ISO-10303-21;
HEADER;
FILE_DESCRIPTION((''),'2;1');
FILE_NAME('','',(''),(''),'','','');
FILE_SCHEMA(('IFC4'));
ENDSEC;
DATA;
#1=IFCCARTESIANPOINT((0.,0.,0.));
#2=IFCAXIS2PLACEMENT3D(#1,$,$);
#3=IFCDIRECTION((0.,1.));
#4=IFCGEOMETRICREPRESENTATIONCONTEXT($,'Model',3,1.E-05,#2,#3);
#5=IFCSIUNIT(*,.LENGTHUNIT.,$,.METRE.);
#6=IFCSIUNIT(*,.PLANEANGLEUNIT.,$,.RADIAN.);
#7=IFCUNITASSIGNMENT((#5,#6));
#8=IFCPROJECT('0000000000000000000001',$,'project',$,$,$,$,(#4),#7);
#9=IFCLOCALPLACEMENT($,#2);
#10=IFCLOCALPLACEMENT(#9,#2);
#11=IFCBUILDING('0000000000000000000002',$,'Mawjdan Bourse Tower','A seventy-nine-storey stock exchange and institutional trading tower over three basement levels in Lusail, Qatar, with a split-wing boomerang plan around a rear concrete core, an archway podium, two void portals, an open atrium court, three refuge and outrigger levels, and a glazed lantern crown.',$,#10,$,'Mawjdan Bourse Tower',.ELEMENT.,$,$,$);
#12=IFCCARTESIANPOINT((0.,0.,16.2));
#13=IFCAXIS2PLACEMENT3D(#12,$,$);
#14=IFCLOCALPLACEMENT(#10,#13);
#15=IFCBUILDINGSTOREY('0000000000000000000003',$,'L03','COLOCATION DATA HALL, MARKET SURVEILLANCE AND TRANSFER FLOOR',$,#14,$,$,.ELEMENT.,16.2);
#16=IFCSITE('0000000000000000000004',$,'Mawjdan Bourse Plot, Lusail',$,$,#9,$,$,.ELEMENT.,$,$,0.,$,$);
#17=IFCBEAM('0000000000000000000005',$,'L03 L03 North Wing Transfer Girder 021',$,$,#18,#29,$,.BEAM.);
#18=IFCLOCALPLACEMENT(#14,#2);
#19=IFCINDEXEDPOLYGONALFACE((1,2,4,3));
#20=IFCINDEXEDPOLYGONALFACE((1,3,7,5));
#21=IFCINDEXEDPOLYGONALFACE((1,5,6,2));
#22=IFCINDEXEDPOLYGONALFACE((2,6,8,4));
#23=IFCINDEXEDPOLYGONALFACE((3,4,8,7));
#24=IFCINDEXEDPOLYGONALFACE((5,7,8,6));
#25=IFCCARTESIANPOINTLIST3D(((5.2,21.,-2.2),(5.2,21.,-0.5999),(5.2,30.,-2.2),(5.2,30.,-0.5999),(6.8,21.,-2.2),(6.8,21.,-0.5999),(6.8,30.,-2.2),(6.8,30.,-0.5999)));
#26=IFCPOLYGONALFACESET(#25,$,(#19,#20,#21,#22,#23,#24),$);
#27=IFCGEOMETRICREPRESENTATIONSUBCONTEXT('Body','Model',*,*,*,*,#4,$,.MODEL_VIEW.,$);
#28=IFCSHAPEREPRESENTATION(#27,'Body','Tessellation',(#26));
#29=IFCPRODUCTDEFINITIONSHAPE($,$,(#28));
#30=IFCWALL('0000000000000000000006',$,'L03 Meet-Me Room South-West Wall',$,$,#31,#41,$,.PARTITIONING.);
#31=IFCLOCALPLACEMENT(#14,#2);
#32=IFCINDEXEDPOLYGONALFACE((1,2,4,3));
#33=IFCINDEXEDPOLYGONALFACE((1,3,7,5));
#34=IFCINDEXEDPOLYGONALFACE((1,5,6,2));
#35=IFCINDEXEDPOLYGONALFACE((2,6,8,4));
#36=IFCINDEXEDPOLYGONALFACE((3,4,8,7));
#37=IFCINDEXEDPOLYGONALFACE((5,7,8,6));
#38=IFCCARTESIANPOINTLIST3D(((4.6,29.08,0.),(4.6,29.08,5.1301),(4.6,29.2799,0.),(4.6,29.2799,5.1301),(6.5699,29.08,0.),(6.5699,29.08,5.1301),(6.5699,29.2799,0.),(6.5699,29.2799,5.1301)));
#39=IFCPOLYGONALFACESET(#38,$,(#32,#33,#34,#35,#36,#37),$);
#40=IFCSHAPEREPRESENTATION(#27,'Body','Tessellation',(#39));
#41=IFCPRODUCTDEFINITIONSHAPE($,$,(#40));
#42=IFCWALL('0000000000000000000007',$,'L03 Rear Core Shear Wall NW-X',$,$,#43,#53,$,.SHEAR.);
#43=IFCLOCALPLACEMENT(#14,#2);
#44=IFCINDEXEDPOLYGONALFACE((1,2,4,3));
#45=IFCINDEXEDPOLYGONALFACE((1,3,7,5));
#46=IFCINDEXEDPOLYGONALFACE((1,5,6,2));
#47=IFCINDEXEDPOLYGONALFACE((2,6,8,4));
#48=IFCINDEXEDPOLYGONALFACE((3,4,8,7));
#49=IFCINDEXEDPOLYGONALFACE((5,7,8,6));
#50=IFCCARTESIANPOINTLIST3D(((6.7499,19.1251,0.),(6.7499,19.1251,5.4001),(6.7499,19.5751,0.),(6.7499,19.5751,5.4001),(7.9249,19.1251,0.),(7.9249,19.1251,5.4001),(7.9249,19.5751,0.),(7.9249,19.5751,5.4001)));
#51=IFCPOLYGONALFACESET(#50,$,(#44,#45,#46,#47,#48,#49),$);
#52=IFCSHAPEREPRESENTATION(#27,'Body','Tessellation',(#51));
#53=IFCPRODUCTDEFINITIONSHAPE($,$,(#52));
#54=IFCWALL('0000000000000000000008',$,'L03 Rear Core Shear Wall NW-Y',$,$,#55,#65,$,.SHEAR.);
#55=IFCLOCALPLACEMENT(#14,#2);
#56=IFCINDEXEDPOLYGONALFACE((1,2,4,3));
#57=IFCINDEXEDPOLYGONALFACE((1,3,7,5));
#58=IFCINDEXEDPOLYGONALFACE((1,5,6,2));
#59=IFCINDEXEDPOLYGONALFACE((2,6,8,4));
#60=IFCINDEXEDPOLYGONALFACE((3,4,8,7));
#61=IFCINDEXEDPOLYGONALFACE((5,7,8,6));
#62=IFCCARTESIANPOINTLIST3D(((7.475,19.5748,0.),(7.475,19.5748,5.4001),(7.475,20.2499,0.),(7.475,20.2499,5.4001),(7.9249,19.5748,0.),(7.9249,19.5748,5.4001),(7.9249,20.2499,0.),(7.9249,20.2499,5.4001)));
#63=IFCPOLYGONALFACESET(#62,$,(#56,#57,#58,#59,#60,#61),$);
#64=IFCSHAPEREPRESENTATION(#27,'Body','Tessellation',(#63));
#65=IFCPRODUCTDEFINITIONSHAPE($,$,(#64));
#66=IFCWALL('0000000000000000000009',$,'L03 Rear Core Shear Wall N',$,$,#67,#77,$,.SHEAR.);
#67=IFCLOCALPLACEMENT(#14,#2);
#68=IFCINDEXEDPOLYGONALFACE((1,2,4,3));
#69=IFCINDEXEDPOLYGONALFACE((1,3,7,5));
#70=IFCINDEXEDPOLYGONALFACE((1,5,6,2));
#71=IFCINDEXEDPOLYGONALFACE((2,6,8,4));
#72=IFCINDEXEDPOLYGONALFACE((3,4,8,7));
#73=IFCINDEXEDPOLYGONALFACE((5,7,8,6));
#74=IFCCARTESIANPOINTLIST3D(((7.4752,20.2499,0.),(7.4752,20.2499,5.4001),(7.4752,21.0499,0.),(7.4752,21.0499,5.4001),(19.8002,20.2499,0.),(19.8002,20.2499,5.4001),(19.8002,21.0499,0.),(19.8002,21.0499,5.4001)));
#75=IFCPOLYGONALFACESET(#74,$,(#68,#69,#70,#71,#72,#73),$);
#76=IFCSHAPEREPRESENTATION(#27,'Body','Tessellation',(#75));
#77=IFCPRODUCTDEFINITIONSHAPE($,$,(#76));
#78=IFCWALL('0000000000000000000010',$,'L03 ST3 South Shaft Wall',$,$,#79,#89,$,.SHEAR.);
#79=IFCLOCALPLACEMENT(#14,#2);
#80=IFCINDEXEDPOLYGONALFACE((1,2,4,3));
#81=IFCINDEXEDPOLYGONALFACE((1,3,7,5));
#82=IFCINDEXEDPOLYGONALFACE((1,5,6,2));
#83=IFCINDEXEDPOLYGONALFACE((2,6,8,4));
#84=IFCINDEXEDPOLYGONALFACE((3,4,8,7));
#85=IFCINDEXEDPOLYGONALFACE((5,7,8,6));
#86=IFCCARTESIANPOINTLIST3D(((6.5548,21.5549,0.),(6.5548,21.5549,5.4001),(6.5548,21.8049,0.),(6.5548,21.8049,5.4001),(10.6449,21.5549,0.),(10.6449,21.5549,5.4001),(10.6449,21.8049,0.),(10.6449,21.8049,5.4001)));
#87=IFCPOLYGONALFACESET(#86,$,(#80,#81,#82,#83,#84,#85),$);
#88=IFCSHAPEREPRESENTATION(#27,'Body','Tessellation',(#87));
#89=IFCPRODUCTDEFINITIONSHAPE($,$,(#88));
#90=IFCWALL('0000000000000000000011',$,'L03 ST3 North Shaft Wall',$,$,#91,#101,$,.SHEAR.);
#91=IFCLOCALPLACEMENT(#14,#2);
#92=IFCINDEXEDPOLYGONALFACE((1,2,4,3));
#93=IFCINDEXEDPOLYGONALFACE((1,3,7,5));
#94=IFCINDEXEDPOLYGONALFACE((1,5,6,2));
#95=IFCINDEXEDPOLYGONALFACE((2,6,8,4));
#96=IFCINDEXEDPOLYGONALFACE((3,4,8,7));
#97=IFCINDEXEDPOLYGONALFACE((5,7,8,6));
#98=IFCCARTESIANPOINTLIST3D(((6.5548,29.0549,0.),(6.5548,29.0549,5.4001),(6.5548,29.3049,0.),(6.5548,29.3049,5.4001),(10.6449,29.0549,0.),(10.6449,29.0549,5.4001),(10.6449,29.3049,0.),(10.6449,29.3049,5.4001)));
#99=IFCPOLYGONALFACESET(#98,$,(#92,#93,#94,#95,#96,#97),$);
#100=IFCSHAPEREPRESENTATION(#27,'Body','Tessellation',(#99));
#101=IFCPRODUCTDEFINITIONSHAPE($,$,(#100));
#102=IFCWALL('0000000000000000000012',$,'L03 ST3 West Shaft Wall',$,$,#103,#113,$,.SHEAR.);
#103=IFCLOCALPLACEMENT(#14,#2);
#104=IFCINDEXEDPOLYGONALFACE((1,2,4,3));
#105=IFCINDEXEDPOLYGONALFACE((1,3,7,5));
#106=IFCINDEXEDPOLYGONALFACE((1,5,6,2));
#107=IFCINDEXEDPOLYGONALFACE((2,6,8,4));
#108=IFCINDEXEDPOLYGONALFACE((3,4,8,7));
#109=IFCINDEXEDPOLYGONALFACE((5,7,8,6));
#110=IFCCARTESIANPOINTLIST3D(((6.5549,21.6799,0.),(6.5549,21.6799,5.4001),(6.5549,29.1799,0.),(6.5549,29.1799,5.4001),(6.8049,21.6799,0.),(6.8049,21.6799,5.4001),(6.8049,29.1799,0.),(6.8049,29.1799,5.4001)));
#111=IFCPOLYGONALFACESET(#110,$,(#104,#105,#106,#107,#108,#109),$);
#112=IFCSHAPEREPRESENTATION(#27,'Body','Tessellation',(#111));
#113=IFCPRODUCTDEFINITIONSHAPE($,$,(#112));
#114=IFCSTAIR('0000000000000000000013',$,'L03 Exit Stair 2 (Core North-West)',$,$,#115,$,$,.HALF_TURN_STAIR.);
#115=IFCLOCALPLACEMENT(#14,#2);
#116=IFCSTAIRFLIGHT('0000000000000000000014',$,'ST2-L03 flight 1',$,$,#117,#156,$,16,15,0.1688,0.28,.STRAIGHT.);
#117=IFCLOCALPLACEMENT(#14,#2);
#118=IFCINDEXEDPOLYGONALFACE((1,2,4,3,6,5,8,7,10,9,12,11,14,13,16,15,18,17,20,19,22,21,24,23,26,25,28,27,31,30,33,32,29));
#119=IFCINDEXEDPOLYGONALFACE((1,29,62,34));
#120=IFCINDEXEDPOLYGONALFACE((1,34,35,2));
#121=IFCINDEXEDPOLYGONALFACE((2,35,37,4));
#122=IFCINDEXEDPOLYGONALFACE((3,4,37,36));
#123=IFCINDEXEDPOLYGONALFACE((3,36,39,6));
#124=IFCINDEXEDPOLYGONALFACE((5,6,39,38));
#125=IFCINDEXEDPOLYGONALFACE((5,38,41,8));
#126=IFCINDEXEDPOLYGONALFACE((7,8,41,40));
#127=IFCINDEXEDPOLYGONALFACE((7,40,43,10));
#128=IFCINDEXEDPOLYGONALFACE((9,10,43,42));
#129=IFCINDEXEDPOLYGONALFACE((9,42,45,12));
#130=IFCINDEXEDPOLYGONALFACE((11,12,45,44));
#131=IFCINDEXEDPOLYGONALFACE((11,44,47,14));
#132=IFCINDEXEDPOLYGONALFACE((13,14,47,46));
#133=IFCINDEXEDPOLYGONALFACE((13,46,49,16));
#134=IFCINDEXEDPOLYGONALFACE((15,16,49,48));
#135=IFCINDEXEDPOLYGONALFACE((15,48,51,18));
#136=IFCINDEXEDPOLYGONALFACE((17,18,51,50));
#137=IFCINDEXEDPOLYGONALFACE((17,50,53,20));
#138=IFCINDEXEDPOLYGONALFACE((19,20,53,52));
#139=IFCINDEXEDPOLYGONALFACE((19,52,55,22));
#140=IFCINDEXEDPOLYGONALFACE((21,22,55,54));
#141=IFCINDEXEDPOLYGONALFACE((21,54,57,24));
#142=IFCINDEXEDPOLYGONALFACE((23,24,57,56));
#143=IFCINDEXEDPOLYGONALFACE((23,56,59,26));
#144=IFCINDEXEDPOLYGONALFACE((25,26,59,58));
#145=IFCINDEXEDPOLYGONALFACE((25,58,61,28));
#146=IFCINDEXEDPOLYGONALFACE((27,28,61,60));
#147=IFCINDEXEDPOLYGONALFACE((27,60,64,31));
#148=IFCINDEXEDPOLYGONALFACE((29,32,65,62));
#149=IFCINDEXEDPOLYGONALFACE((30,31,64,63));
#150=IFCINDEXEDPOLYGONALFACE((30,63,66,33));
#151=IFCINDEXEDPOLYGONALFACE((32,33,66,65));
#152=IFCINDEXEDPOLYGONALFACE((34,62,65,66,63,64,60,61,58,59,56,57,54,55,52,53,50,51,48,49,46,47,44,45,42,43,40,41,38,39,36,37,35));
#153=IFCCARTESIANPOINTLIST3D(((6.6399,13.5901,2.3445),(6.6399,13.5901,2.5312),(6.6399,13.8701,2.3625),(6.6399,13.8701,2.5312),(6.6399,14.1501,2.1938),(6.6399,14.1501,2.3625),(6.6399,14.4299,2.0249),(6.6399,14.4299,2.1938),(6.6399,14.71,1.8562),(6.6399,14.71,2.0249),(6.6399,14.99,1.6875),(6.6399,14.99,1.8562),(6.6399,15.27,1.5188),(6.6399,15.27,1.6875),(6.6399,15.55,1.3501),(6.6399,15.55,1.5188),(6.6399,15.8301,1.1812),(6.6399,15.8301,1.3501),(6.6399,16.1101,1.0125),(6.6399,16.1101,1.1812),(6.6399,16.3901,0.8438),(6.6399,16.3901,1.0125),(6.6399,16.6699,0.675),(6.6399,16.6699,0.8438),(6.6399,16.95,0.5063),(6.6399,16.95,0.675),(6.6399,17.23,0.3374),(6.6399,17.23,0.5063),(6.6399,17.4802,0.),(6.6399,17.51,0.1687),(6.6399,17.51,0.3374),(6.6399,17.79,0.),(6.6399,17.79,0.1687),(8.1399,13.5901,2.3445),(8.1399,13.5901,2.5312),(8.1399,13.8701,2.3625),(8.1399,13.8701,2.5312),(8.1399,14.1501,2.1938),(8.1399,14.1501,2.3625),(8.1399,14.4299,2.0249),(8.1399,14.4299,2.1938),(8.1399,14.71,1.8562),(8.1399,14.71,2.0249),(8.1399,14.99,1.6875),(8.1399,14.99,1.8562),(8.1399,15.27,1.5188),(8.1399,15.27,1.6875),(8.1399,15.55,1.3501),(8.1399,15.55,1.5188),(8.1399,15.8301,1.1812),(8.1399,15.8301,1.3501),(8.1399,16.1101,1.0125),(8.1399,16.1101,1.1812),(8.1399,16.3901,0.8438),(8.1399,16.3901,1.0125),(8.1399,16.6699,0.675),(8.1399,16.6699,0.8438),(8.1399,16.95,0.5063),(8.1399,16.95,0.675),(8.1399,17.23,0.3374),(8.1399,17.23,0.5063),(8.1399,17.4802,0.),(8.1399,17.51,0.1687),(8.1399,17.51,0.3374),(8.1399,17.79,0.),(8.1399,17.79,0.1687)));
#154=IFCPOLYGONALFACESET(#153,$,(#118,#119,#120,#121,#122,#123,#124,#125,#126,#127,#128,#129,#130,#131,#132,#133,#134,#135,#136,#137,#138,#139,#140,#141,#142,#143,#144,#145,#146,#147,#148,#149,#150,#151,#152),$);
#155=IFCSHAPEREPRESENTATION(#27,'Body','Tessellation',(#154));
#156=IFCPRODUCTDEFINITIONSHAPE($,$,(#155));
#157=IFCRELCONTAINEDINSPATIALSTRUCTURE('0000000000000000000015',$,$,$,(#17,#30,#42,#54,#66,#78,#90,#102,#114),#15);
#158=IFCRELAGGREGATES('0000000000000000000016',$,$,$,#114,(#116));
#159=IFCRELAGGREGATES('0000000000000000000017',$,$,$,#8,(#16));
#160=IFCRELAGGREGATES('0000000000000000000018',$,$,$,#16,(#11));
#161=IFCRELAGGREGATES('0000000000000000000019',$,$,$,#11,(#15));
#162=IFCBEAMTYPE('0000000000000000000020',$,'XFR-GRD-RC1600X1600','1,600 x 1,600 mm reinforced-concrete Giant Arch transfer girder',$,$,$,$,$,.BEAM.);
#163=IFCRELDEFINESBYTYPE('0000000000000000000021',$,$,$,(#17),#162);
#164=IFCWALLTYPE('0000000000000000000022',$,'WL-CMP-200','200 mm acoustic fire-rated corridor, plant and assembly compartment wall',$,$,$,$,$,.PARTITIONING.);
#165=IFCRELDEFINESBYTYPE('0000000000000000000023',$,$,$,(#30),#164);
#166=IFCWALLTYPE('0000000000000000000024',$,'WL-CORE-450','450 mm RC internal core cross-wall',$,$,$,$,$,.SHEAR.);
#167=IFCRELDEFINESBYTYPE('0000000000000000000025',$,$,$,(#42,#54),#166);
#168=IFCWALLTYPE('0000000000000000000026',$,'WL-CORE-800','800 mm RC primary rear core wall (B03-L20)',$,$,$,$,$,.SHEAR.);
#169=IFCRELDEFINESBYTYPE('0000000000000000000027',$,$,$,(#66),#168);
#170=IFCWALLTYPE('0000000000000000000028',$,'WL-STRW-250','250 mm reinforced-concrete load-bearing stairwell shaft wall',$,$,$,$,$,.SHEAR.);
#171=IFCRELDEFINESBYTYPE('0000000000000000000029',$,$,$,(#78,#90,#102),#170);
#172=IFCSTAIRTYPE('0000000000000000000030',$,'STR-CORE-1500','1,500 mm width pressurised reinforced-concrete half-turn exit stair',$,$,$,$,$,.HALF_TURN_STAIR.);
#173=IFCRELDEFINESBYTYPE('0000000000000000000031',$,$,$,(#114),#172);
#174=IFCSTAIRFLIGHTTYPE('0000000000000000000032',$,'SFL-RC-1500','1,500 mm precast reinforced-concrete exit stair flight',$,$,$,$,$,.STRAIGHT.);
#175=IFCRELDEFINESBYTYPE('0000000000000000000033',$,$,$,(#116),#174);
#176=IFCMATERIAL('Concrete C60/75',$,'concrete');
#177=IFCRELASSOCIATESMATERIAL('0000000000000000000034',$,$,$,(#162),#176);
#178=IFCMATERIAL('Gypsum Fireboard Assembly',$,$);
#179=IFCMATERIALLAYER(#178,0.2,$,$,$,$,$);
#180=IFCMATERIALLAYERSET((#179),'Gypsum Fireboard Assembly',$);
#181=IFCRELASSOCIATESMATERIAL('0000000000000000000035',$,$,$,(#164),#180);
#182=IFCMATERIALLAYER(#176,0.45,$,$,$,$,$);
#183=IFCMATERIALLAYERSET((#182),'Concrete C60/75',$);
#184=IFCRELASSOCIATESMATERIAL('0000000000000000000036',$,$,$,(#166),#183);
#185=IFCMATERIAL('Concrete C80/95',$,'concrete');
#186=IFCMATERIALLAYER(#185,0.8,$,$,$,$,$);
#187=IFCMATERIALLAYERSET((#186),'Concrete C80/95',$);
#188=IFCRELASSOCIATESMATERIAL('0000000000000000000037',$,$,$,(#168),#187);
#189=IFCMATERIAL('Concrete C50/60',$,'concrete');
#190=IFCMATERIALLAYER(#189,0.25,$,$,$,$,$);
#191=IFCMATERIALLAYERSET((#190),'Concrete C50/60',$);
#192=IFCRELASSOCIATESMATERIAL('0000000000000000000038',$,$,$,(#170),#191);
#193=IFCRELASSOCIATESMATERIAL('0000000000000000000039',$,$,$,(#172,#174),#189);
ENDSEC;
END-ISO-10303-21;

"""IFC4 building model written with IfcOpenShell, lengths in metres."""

from ifc_helpers import new_model, si_unit, direction, frame, frame_2d, origin, origin_2d, place, context, subcontext, project, spatial, polyline, rectangle, outline, extrude, material, layer, layer_set, material_profile, profile_set, type_object, element, aggregate, save


model = new_model("IFC4")

# Units and contexts
model_context = context("Model", 3, precision=1e-05, world=origin(), true_north=direction((0.0, 1.0)))
body_context = subcontext(model_context, "Body", "Model", "MODEL_VIEW")
ifc_project = project(units=[si_unit("LENGTHUNIT", "METRE"), si_unit("PLANEANGLEUNIT", "RADIAN")], contexts=[model_context])

# Site, building, storey
site_placement = place(None, origin())
site = spatial("IfcSite", under=ifc_project, at=site_placement, Name="Mawjdan Bourse Plot, Lusail", CompositionType="ELEMENT", RefElevation=0.0)
building_placement = place(site_placement, origin())
building = spatial("IfcBuilding", under=site, at=building_placement, Name="Mawjdan Bourse Tower", Description="A seventy-nine-storey stock exchange and institutional trading tower over three basement levels in Lusail, Qatar, with a split-wing boomerang plan around a rear concrete core, an archway podium, two void portals, an open atrium court, three refuge and outrigger levels, and a glazed lantern crown.", LongName="Mawjdan Bourse Tower", CompositionType="ELEMENT")
storey_placement = place(building_placement, frame((0.0, 0.0, 16.2)))
storey = spatial("IfcBuildingStorey", under=building, at=storey_placement, Name="L03", Description="COLOCATION DATA HALL, MARKET SURVEILLANCE AND TRANSFER FLOOR", CompositionType="ELEMENT", Elevation=16.2)

# Shared definitions
ifc_material_1 = material(Name="Concrete C80/95", Category="concrete")

# Beam
ifc_material_2 = material(Name="Concrete C60/75", Category="concrete")
ifc_material_profile_1 = material_profile(ifc_material_2, rectangle(XDim=1.6001, YDim=1.6001, at=origin_2d()), Name="RC1600X1600")
ifc_profile_set_1 = profile_set([ifc_material_profile_1], Name="Concrete C60/75")
beam_type_1 = type_object("IfcBeamType", Name="XFR-GRD-RC1600X1600", Description="1,600 x 1,600 mm reinforced-concrete Giant Arch transfer girder", PredefinedType="BEAM", material=ifc_profile_set_1)
beam_1_placement = place(storey_placement, frame((6.0, 21.0, -1.3999), z_axis=(0.0, 1.0, 0.0), x_axis=(-1.0, 0.0, 0.0)))
element("IfcBeam", 1, at=beam_1_placement, inside=storey, type_object=beam_type_1, Name="L03 L03 North Wing Transfer Girder 021", PredefinedType="BEAM", context=body_context, shape_type="SweptSolid", body=[
    extrude(rectangle(XDim=1.6001, YDim=1.6001, at=origin_2d()), origin(), (0.0, 0.0, 1.0), 9.0),
])

# Walls
ifc_material_3 = material(Name="Gypsum Fireboard Assembly")
ifc_layer_1 = layer(ifc_material_3, 0.2)
ifc_layer_set_1 = layer_set([ifc_layer_1], Name="Gypsum Fireboard Assembly")
wall_type_1 = type_object("IfcWallType", Name="WL-CMP-200", Description="200 mm acoustic fire-rated corridor, plant and assembly compartment wall", PredefinedType="PARTITIONING", material=ifc_layer_set_1)
wall_1_placement = place(storey_placement, frame((4.6001, 29.1799, 0.0), z_axis=(0.0, 0.0, 1.0), x_axis=(1.0, 0.0, 0.0)))
element("IfcWall", 2, at=wall_1_placement, inside=storey, type_object=wall_type_1, Name="L03 Meet-Me Room South-West Wall", PredefinedType="PARTITIONING", context=body_context, shape_type="SweptSolid", body=[
    extrude(rectangle(XDim=1.97, YDim=0.2, at=frame_2d((0.9849, 0.0))), origin(), (0.0, 0.0, 1.0), 5.1301),
])
ifc_layer_2 = layer(ifc_material_2, 0.45)
ifc_layer_set_2 = layer_set([ifc_layer_2], Name="Concrete C60/75")
wall_type_2 = type_object("IfcWallType", Name="WL-CORE-450", Description="450 mm RC internal core cross-wall", PredefinedType="SHEAR", material=ifc_layer_set_2)
wall_2_placement = place(storey_placement, frame((6.75, 19.3501, 0.0), z_axis=(0.0, 0.0, 1.0), x_axis=(1.0, 0.0, 0.0)))
element("IfcWall", 3, at=wall_2_placement, inside=storey, type_object=wall_type_2, Name="L03 Rear Core Shear Wall NW-X", PredefinedType="SHEAR", context=body_context, shape_type="SweptSolid", body=[
    extrude(rectangle(XDim=1.175, YDim=0.45, at=frame_2d((0.5874, 0.0))), origin(), (0.0, 0.0, 1.0), 5.4001),
])
wall_3_placement = place(storey_placement, frame((7.7, 19.575, 0.0), z_axis=(0.0, 0.0, 1.0), x_axis=(0.0, 1.0, 0.0)))
element("IfcWall", 4, at=wall_3_placement, inside=storey, type_object=wall_type_2, Name="L03 Rear Core Shear Wall NW-Y", PredefinedType="SHEAR", context=body_context, shape_type="SweptSolid", body=[
    extrude(rectangle(XDim=0.675, YDim=0.45, at=frame_2d((0.3374, 0.0))), origin(), (0.0, 0.0, 1.0), 5.4001),
])
ifc_layer_3 = layer(ifc_material_1, 0.8)
ifc_layer_set_3 = layer_set([ifc_layer_3], Name="Concrete C80/95")
wall_type_3 = type_object("IfcWallType", Name="WL-CORE-800", Description="800 mm RC primary rear core wall (B03-L20)", PredefinedType="SHEAR", material=ifc_layer_set_3)
wall_4_placement = place(storey_placement, frame((7.4751, 20.6499, 0.0), z_axis=(0.0, 0.0, 1.0), x_axis=(1.0, 0.0, 0.0)))
element("IfcWall", 5, at=wall_4_placement, inside=storey, type_object=wall_type_3, Name="L03 Rear Core Shear Wall N", PredefinedType="SHEAR", context=body_context, shape_type="SweptSolid", body=[
    extrude(rectangle(XDim=12.325, YDim=0.8, at=frame_2d((6.1626, 0.0))), origin(), (0.0, 0.0, 1.0), 5.4001),
])
ifc_material_4 = material(Name="Concrete C50/60", Category="concrete")
ifc_layer_4 = layer(ifc_material_4, 0.25)
ifc_layer_set_4 = layer_set([ifc_layer_4], Name="Concrete C50/60")
wall_type_4 = type_object("IfcWallType", Name="WL-STRW-250", Description="250 mm reinforced-concrete load-bearing stairwell shaft wall", PredefinedType="SHEAR", material=ifc_layer_set_4)
for number, where, z_axis, x_axis, name in (
    (6, (6.5549, 21.6799, 0.0), (0.0, 0.0, 1.0), (1.0, 0.0, 0.0), "L03 ST3 South Shaft Wall"),
    (7, (6.5549, 29.1799, 0.0), (0.0, 0.0, 1.0), (1.0, 0.0, 0.0), "L03 ST3 North Shaft Wall"),
):
    element("IfcWall", number, at=place(storey_placement, frame(where, z_axis=z_axis, x_axis=x_axis)), inside=storey, type_object=wall_type_4, Name=name, PredefinedType="SHEAR", context=body_context, shape_type="SweptSolid", body=[
        extrude(rectangle(XDim=4.0901, YDim=0.25, at=frame_2d((2.0449, 0.0))), origin(), (0.0, 0.0, 1.0), 5.4001),
    ])
wall_5_placement = place(storey_placement, frame((6.6799, 21.6799, 0.0), z_axis=(0.0, 0.0, 1.0), x_axis=(0.0, 1.0, 0.0)))
element("IfcWall", 8, at=wall_5_placement, inside=storey, type_object=wall_type_4, Name="L03 ST3 West Shaft Wall", PredefinedType="SHEAR", context=body_context, shape_type="SweptSolid", body=[
    extrude(rectangle(XDim=7.5, YDim=0.25, at=frame_2d((3.75, 0.0))), origin(), (0.0, 0.0, 1.0), 5.4001),
])

# Stair, stair flight
stair_type = type_object("IfcStairType", Name="STR-CORE-1500", Description="1,500 mm width pressurised reinforced-concrete half-turn exit stair", PredefinedType="HALF_TURN_STAIR", material=ifc_material_4)
stair_1_placement = place(storey_placement, origin())
stair_1 = element("IfcStair", 9, at=stair_1_placement, inside=storey, type_object=stair_type, Name="L03 Exit Stair 2 (Core North-West)", PredefinedType="HALF_TURN_STAIR")
stair_flight_type = type_object("IfcStairFlightType", Name="SFL-RC-1500", Description="1,500 mm precast reinforced-concrete exit stair flight", PredefinedType="STRAIGHT", material=ifc_material_4)
stair_flight_1_placement = place(storey_placement, frame((7.3899, 17.79, 0.0), z_axis=(0.0, 0.0, 1.0), x_axis=(0.0, -1.0, 0.0)))
stair_flight_1 = element("IfcStairFlight", 10, at=stair_flight_1_placement, type_object=stair_flight_type, Name="ST2-L03 flight 1", NumberOfRisers=16, NumberOfTreads=15, PredefinedType="STRAIGHT", RiserHeight=0.1688, TreadLength=0.28, context=body_context, shape_type="SweptSolid", body=[
    extrude(outline(polyline([(0.0, 0.0), (0.0, 0.1687), (0.28, 0.1687), (0.28, 0.3374), (0.5601, 0.3374), (0.5601, 0.5063), (0.8401, 0.5063), (0.8401, 0.675), (1.1201, 0.675), (1.1201, 0.8438), (1.3999, 0.8438), (1.3999, 1.0125), (1.6799, 1.0125), (1.6799, 1.1812), (1.96, 1.1812), (1.96, 1.3501), (2.24, 1.3501), (2.24, 1.5188), (2.52, 1.5188), (2.52, 1.6875), (2.8, 1.6875), (2.8, 1.8562), (3.0801, 1.8562), (3.0801, 2.0249), (3.3601, 2.0249), (3.3601, 2.1938), (3.6399, 2.1938), (3.6399, 2.3625), (3.9199, 2.3625), (3.9199, 2.5312), (4.2, 2.5312), (4.2, 2.7), (4.2, 2.3445), (0.3098, 0.0), (0.0, 0.0)])), frame((0.0, 0.75, 0.0), z_axis=(0.0, -1.0, 0.0), x_axis=(1.0, 0.0, 0.0)), (0.0, 0.0, 1.0), 1.5),
])
aggregate(stair_1, [stair_flight_1])

save(model, "model.ifc")
